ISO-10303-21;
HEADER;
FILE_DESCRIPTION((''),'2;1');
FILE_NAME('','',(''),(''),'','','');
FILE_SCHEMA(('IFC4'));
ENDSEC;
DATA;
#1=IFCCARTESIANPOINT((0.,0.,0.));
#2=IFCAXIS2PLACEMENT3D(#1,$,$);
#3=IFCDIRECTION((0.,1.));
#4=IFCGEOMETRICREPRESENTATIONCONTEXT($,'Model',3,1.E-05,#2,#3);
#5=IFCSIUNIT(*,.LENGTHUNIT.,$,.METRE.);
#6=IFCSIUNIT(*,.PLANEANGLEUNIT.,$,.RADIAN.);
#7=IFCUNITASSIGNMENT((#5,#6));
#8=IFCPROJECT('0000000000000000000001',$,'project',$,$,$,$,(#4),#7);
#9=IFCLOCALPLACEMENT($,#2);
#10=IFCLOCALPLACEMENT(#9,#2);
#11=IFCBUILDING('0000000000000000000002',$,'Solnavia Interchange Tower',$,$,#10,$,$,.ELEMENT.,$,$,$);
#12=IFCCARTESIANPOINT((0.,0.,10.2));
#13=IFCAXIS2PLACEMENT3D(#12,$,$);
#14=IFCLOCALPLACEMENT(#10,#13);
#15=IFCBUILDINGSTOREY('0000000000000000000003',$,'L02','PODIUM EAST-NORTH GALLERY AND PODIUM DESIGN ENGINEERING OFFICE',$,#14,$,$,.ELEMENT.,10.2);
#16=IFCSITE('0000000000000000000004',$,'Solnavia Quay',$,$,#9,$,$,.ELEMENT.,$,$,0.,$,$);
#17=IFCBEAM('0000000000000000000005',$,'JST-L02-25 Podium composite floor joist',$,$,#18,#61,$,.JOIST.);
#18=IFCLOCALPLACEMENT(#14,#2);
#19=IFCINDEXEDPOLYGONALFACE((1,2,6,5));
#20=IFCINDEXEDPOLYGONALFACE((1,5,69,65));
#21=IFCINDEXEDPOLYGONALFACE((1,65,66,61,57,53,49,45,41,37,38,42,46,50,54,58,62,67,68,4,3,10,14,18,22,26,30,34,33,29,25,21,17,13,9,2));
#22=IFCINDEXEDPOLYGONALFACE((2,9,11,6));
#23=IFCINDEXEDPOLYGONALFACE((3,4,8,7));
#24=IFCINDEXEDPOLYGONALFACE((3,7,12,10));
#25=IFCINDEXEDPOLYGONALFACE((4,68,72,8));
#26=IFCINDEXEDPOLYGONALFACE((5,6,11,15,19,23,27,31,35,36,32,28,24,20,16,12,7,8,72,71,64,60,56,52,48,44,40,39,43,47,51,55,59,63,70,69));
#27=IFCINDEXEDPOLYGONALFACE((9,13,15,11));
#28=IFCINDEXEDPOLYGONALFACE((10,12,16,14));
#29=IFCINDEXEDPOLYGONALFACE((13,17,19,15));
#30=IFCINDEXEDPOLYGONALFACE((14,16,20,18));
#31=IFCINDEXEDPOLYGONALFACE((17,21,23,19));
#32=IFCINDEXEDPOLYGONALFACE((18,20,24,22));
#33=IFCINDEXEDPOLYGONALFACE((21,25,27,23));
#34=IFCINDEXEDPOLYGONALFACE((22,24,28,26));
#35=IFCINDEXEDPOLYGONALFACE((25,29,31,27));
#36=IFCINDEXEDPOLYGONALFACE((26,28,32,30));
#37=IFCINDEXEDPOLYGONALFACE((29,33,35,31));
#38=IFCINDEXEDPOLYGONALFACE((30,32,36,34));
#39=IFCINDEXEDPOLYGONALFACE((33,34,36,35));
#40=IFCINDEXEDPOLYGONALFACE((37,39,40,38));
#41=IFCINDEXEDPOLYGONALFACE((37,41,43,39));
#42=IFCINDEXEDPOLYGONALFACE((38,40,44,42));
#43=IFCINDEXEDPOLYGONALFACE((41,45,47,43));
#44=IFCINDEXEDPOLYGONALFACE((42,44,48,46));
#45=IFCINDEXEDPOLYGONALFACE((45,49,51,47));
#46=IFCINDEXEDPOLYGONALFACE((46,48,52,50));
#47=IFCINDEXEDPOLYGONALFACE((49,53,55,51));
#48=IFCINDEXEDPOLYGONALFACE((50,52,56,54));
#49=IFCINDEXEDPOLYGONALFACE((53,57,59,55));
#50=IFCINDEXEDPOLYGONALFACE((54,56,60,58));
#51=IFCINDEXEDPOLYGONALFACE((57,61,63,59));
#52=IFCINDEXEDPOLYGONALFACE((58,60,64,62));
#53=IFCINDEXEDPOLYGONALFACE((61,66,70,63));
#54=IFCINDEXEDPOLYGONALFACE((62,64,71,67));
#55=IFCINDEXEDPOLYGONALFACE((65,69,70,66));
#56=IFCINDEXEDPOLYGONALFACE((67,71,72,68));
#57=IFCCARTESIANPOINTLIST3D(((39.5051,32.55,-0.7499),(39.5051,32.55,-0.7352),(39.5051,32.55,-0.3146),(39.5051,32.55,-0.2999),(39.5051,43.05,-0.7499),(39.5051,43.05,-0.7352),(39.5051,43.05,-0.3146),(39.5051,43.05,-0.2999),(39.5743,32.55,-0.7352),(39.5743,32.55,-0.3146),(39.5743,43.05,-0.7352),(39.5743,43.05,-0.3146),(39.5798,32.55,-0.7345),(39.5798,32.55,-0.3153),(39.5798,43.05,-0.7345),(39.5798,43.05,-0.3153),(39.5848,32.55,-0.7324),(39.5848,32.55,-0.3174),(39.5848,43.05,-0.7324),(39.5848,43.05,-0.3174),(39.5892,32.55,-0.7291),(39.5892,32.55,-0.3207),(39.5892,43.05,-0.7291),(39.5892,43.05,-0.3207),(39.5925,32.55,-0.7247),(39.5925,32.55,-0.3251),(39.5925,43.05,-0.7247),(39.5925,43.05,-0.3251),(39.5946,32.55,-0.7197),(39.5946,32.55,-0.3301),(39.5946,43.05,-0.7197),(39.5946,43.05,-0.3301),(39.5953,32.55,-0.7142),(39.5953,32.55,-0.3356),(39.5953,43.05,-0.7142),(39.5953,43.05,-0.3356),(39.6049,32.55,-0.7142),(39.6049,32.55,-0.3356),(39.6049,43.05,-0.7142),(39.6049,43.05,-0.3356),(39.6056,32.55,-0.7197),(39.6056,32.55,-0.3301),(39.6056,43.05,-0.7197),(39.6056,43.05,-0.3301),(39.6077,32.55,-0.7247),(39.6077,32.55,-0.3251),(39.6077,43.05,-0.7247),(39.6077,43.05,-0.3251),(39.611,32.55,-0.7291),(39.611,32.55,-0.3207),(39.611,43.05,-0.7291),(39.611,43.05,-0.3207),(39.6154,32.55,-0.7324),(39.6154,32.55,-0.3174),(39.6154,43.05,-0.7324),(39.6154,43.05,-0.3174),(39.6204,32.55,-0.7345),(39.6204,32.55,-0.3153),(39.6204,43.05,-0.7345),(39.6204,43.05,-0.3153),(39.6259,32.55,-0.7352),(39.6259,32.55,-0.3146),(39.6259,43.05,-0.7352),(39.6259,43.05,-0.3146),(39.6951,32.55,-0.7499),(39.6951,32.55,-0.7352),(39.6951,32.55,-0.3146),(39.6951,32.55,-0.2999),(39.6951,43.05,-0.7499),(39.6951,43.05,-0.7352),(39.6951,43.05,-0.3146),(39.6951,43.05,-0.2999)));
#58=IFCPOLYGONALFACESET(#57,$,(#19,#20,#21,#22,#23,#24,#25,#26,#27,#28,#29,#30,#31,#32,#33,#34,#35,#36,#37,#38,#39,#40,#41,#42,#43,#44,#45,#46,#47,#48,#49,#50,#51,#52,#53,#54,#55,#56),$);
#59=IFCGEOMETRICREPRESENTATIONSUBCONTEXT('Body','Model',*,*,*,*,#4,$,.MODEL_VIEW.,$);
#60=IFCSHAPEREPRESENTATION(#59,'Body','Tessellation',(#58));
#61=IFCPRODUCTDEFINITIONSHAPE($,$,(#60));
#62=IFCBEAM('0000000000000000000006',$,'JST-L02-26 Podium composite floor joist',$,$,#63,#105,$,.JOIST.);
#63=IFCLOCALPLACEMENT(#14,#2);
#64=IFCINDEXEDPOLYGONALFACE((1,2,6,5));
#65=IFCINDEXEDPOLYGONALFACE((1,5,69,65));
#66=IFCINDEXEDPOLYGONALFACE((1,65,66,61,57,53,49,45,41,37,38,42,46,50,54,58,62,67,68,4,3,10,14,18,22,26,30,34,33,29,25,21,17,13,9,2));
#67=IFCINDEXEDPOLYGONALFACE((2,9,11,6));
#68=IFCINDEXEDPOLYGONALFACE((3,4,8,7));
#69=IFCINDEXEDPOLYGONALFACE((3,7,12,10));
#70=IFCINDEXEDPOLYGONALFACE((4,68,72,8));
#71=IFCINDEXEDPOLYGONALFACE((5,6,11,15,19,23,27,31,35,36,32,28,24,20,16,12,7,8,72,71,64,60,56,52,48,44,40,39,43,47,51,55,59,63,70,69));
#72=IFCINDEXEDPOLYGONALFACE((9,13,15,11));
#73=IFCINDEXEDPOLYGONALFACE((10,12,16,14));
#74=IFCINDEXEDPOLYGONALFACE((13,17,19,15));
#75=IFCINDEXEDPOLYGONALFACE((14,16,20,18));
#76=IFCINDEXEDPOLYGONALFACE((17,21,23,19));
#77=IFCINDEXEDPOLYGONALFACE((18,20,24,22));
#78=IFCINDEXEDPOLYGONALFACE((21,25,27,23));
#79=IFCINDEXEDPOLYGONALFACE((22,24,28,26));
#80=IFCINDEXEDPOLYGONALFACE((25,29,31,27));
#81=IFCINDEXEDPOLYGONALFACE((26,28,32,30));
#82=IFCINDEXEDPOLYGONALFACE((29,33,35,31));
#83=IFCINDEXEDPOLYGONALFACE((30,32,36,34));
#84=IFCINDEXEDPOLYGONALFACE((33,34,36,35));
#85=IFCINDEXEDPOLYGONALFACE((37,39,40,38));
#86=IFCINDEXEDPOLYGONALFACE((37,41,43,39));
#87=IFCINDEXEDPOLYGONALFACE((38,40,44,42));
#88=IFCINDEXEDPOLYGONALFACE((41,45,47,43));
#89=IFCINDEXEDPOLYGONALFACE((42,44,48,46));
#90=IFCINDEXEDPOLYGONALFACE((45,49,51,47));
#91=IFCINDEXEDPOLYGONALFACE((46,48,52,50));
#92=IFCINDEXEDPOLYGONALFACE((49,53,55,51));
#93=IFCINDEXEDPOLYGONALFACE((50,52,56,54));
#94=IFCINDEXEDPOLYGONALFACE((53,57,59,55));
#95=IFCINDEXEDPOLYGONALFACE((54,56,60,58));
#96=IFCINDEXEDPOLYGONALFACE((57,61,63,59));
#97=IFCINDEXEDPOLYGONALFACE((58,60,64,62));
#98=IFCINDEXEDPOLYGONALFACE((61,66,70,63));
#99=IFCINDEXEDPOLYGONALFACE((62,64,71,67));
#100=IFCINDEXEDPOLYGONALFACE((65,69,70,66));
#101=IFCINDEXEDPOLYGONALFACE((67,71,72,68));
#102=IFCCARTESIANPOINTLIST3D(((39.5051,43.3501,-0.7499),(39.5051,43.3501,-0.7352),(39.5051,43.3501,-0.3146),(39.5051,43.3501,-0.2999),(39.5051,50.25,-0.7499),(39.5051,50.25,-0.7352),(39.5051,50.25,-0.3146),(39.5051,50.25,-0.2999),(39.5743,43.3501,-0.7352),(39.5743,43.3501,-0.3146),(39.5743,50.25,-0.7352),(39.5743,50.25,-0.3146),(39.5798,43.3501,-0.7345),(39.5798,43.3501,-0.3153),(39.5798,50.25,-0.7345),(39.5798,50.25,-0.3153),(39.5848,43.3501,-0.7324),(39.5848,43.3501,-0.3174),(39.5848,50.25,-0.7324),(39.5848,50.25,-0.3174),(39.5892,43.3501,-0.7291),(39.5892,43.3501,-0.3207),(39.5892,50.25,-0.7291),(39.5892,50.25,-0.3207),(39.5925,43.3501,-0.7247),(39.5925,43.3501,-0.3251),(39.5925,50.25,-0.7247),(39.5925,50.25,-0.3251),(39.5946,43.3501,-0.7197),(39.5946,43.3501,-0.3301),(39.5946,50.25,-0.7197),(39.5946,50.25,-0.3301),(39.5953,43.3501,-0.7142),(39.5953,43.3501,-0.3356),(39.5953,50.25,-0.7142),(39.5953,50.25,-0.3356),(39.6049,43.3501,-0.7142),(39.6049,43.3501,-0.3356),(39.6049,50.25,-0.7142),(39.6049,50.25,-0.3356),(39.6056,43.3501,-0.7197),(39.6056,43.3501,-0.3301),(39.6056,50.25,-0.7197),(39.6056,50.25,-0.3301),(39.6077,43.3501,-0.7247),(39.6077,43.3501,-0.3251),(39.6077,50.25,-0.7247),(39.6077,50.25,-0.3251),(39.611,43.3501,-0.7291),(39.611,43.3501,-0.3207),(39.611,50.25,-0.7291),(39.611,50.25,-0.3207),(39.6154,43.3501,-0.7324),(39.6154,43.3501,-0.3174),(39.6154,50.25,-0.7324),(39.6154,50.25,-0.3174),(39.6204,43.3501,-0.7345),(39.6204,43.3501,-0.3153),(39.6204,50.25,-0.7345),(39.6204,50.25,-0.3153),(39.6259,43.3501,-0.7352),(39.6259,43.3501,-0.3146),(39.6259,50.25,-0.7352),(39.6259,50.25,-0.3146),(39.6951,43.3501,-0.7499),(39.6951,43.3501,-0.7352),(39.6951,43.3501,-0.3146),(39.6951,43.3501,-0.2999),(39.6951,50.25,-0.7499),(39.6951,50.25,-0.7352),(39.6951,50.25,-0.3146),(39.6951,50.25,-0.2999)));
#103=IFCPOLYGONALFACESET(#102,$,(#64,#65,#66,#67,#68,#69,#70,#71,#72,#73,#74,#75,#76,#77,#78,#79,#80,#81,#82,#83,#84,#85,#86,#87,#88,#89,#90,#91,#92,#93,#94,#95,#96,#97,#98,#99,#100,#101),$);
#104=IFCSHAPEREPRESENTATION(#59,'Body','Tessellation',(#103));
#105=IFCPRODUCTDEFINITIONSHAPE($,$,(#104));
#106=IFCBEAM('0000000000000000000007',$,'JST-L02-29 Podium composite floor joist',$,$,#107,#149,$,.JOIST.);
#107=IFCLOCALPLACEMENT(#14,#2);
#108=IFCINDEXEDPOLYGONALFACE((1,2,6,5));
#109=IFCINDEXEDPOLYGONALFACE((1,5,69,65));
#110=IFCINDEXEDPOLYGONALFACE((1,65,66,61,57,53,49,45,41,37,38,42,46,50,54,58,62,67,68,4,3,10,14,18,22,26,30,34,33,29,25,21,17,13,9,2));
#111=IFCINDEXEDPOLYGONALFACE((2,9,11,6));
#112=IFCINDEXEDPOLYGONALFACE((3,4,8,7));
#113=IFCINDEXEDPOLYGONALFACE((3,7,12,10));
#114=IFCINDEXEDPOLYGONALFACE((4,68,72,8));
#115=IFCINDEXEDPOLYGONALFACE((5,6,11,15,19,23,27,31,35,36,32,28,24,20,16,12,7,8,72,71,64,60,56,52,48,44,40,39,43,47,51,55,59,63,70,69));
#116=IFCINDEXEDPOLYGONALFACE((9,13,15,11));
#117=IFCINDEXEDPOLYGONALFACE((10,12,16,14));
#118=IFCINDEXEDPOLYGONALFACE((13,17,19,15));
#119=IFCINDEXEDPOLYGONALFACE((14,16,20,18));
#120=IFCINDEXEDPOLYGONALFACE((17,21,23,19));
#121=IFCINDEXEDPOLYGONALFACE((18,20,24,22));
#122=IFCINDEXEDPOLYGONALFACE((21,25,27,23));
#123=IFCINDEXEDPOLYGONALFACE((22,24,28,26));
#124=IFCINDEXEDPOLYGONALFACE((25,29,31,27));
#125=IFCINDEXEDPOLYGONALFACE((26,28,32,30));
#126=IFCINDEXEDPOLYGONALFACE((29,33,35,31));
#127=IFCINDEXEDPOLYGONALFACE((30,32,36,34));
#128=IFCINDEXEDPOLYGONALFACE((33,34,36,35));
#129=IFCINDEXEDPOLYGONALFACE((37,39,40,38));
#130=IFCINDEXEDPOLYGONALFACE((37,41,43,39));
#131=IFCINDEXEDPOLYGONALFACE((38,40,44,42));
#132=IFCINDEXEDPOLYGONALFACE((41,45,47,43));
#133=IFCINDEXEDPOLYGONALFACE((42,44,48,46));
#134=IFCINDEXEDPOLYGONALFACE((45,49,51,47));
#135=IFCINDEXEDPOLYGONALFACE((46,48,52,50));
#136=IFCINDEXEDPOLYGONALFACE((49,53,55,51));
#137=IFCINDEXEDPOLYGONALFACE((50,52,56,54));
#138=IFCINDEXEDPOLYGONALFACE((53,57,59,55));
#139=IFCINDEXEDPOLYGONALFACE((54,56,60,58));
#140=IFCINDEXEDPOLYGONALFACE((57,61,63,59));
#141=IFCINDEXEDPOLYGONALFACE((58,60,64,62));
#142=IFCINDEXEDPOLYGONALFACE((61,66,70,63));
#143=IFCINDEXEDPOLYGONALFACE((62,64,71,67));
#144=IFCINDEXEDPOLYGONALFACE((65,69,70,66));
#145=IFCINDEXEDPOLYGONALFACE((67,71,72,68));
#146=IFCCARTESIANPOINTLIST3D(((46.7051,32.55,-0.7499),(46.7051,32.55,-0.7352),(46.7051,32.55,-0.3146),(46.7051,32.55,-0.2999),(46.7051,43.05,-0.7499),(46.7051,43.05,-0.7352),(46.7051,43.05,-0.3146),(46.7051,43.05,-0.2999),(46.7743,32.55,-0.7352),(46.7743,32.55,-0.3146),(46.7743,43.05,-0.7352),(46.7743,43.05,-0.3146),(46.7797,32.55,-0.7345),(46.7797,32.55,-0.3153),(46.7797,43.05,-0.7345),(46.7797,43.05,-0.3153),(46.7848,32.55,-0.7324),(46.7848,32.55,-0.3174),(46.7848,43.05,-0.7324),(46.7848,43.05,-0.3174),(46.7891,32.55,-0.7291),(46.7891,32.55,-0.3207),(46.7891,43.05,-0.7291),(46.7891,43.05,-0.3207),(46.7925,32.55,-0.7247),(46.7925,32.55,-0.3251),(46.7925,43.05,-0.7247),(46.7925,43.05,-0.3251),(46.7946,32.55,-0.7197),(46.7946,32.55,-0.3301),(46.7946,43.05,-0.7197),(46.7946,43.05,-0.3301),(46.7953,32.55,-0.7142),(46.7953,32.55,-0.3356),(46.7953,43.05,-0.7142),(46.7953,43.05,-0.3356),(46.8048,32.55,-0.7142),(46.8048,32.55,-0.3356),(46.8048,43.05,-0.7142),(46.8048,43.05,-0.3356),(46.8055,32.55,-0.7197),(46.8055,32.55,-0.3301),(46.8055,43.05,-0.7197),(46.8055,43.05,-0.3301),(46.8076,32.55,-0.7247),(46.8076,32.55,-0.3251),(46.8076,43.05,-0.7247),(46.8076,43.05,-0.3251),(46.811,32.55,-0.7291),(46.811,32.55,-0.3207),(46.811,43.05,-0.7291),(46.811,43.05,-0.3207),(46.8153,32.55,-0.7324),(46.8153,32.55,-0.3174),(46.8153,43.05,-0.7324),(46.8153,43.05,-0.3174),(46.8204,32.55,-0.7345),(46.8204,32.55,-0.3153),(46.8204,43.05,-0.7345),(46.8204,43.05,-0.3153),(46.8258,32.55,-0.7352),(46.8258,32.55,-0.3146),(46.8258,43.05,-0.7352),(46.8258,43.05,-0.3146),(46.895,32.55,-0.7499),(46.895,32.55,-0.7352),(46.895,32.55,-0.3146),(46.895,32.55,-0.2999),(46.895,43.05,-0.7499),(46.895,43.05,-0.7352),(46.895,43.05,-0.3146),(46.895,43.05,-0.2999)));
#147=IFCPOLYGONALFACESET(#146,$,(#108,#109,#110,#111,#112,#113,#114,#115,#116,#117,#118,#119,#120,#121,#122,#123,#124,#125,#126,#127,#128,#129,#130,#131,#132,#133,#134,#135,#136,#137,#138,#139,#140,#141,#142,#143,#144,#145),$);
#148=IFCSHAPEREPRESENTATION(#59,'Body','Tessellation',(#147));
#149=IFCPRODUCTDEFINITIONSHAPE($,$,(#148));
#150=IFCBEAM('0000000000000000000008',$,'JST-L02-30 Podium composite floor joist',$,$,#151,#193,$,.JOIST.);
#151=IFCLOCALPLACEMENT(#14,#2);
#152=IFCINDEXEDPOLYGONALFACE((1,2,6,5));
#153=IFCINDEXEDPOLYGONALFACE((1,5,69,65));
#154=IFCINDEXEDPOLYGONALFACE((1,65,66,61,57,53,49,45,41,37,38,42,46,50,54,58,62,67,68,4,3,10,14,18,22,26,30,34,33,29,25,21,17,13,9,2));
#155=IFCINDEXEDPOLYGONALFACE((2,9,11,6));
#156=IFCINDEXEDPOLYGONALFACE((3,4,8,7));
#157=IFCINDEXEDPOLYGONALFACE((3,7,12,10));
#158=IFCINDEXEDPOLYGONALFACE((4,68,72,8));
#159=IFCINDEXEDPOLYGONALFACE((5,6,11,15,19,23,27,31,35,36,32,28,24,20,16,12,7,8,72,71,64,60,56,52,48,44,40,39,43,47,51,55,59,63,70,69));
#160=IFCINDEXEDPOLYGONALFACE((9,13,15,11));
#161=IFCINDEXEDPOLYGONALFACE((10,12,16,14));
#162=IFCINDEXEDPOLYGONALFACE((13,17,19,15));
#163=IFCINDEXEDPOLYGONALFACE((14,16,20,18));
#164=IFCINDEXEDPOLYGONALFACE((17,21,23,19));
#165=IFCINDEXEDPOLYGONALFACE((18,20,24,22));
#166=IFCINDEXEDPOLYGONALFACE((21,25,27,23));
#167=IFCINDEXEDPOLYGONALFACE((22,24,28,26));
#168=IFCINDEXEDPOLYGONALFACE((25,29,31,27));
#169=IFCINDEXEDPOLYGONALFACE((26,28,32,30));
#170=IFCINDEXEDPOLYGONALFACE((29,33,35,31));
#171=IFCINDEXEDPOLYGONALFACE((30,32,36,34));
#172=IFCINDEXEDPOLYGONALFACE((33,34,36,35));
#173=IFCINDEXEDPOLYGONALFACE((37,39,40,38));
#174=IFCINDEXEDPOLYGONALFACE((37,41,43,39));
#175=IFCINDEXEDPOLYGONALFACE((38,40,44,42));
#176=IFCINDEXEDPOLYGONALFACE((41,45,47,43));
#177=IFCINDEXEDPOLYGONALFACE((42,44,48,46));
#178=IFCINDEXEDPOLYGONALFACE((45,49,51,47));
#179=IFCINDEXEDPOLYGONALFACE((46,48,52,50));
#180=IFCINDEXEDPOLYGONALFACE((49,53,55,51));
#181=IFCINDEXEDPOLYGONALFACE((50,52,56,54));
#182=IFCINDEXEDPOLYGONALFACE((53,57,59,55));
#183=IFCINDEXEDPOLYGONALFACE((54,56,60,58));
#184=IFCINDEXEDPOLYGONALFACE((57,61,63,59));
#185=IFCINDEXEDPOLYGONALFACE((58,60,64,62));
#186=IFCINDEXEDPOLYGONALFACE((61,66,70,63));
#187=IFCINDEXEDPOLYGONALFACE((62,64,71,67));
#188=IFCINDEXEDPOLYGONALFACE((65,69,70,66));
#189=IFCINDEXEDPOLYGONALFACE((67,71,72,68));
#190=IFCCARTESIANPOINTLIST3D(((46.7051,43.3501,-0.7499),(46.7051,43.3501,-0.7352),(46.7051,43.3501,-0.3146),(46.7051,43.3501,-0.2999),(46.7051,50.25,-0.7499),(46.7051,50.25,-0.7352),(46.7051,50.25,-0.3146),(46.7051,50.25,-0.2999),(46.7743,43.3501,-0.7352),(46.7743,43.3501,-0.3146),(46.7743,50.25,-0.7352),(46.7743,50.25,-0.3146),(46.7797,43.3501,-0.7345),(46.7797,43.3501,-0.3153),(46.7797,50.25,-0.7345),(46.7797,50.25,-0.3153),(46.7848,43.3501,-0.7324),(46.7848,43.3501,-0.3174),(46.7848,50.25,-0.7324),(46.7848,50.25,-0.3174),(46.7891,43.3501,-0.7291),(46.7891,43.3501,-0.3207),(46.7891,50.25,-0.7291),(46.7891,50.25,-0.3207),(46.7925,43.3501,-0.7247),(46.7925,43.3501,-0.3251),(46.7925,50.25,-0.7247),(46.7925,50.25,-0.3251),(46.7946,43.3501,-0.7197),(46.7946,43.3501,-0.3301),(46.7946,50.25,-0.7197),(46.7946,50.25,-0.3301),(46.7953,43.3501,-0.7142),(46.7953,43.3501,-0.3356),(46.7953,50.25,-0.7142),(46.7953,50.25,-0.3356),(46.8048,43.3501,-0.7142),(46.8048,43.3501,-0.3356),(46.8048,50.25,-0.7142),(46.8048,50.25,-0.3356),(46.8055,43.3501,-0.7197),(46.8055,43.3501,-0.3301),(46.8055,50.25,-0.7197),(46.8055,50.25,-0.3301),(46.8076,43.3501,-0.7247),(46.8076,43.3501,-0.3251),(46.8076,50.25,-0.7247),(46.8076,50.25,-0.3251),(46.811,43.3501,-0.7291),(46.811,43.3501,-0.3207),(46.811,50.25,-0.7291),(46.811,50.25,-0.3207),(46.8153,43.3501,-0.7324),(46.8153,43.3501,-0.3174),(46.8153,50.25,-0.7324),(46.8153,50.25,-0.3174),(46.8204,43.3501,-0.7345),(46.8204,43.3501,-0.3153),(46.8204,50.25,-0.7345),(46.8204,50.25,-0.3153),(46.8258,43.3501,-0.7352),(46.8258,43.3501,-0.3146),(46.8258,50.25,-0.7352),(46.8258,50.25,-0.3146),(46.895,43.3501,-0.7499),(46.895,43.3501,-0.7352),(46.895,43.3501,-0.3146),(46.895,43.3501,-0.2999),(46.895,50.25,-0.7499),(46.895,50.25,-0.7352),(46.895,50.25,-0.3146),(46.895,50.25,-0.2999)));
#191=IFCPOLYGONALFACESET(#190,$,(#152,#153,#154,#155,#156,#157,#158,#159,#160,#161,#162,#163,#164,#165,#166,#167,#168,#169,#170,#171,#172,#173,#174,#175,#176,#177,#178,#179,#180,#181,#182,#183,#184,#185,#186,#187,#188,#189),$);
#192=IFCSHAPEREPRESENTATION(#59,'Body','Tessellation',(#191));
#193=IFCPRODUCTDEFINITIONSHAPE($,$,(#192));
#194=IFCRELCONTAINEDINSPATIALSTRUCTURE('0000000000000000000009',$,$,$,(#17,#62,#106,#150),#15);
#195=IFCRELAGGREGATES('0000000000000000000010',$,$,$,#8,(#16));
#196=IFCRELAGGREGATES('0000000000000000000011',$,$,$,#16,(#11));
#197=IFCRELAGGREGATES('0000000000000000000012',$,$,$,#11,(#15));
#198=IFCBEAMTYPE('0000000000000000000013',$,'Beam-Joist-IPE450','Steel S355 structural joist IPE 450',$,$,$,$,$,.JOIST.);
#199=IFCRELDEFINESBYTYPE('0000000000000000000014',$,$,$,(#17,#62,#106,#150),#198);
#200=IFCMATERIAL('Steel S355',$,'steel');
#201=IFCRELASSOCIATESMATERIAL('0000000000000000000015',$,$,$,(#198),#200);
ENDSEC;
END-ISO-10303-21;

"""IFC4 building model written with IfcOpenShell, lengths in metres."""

from ifc_helpers import new_model, si_unit, direction, frame, origin, origin_2d, place, context, subcontext, project, spatial, i_section, extrude, material, material_profile, profile_set, type_object, element, save


model = new_model("IFC4")

# Units and contexts
model_context = context("Model", 3, precision=1e-05, world=origin(), true_north=direction((0.0, 1.0)))
body_context = subcontext(model_context, "Body", "Model", "MODEL_VIEW")
ifc_project = project(units=[si_unit("LENGTHUNIT", "METRE"), si_unit("PLANEANGLEUNIT", "RADIAN")], contexts=[model_context])

# Site, building, storey
site_placement = place(None, origin())
site = spatial("IfcSite", under=ifc_project, at=site_placement, Name="Solnavia Quay", CompositionType="ELEMENT", RefElevation=0.0)
building_placement = place(site_placement, origin())
building = spatial("IfcBuilding", under=site, at=building_placement, Name="Solnavia Interchange Tower", CompositionType="ELEMENT")
storey_placement = place(building_placement, frame((0.0, 0.0, 10.2)))
storey = spatial("IfcBuildingStorey", under=building, at=storey_placement, Name="L02", Description="PODIUM EAST-NORTH GALLERY AND PODIUM DESIGN ENGINEERING OFFICE", CompositionType="ELEMENT", Elevation=10.2)

# Beams
ifc_material_1 = material(Name="Steel S355", Category="steel")
ifc_material_profile_1 = material_profile(ifc_material_1, i_section(OverallWidth=0.1899, OverallDepth=0.45, WebThickness=0.0095, FlangeThickness=0.0146, FilletRadius=0.021, at=origin_2d()), Name="IPE 450")
ifc_profile_set_1 = profile_set([ifc_material_profile_1], Name="Steel S355")
beam_type_1 = type_object("IfcBeamType", Name="Beam-Joist-IPE450", Description="Steel S355 structural joist IPE 450", PredefinedType="JOIST", material=ifc_profile_set_1)
beam_1_placement = place(storey_placement, frame((39.6001, 32.55, -0.5249), z_axis=(0.0, 1.0, 0.0), x_axis=(-1.0, 0.0, 0.0)))
element("IfcBeam", 1, at=beam_1_placement, inside=storey, type_object=beam_type_1, Name="JST-L02-25 Podium composite floor joist", PredefinedType="JOIST", context=body_context, shape_type="SweptSolid", body=[
    extrude(i_section(OverallWidth=0.1899, OverallDepth=0.45, WebThickness=0.0095, FlangeThickness=0.0146, FilletRadius=0.021, at=origin_2d()), origin(), (0.0, 0.0, 1.0), 10.5),
])
beam_2_placement = place(storey_placement, frame((39.6001, 43.3501, -0.5249), z_axis=(0.0, 1.0, 0.0), x_axis=(-1.0, 0.0, 0.0)))
element("IfcBeam", 2, at=beam_2_placement, inside=storey, type_object=beam_type_1, Name="JST-L02-26 Podium composite floor joist", PredefinedType="JOIST", context=body_context, shape_type="SweptSolid", body=[
    extrude(i_section(OverallWidth=0.1899, OverallDepth=0.45, WebThickness=0.0095, FlangeThickness=0.0146, FilletRadius=0.021, at=origin_2d()), origin(), (0.0, 0.0, 1.0), 6.8999),
])
beam_3_placement = place(storey_placement, frame((46.8, 32.55, -0.5249), z_axis=(0.0, 1.0, 0.0), x_axis=(-1.0, 0.0, 0.0)))
element("IfcBeam", 3, at=beam_3_placement, inside=storey, type_object=beam_type_1, Name="JST-L02-29 Podium composite floor joist", PredefinedType="JOIST", context=body_context, shape_type="SweptSolid", body=[
    extrude(i_section(OverallWidth=0.1899, OverallDepth=0.45, WebThickness=0.0095, FlangeThickness=0.0146, FilletRadius=0.021, at=origin_2d()), origin(), (0.0, 0.0, 1.0), 10.5),
])
beam_4_placement = place(storey_placement, frame((46.8, 43.3501, -0.5249), z_axis=(0.0, 1.0, 0.0), x_axis=(-1.0, 0.0, 0.0)))
element("IfcBeam", 4, at=beam_4_placement, inside=storey, type_object=beam_type_1, Name="JST-L02-30 Podium composite floor joist", PredefinedType="JOIST", context=body_context, shape_type="SweptSolid", body=[
    extrude(i_section(OverallWidth=0.1899, OverallDepth=0.45, WebThickness=0.0095, FlangeThickness=0.0146, FilletRadius=0.021, at=origin_2d()), origin(), (0.0, 0.0, 1.0), 6.8999),
])

save(model, "model.ifc")
